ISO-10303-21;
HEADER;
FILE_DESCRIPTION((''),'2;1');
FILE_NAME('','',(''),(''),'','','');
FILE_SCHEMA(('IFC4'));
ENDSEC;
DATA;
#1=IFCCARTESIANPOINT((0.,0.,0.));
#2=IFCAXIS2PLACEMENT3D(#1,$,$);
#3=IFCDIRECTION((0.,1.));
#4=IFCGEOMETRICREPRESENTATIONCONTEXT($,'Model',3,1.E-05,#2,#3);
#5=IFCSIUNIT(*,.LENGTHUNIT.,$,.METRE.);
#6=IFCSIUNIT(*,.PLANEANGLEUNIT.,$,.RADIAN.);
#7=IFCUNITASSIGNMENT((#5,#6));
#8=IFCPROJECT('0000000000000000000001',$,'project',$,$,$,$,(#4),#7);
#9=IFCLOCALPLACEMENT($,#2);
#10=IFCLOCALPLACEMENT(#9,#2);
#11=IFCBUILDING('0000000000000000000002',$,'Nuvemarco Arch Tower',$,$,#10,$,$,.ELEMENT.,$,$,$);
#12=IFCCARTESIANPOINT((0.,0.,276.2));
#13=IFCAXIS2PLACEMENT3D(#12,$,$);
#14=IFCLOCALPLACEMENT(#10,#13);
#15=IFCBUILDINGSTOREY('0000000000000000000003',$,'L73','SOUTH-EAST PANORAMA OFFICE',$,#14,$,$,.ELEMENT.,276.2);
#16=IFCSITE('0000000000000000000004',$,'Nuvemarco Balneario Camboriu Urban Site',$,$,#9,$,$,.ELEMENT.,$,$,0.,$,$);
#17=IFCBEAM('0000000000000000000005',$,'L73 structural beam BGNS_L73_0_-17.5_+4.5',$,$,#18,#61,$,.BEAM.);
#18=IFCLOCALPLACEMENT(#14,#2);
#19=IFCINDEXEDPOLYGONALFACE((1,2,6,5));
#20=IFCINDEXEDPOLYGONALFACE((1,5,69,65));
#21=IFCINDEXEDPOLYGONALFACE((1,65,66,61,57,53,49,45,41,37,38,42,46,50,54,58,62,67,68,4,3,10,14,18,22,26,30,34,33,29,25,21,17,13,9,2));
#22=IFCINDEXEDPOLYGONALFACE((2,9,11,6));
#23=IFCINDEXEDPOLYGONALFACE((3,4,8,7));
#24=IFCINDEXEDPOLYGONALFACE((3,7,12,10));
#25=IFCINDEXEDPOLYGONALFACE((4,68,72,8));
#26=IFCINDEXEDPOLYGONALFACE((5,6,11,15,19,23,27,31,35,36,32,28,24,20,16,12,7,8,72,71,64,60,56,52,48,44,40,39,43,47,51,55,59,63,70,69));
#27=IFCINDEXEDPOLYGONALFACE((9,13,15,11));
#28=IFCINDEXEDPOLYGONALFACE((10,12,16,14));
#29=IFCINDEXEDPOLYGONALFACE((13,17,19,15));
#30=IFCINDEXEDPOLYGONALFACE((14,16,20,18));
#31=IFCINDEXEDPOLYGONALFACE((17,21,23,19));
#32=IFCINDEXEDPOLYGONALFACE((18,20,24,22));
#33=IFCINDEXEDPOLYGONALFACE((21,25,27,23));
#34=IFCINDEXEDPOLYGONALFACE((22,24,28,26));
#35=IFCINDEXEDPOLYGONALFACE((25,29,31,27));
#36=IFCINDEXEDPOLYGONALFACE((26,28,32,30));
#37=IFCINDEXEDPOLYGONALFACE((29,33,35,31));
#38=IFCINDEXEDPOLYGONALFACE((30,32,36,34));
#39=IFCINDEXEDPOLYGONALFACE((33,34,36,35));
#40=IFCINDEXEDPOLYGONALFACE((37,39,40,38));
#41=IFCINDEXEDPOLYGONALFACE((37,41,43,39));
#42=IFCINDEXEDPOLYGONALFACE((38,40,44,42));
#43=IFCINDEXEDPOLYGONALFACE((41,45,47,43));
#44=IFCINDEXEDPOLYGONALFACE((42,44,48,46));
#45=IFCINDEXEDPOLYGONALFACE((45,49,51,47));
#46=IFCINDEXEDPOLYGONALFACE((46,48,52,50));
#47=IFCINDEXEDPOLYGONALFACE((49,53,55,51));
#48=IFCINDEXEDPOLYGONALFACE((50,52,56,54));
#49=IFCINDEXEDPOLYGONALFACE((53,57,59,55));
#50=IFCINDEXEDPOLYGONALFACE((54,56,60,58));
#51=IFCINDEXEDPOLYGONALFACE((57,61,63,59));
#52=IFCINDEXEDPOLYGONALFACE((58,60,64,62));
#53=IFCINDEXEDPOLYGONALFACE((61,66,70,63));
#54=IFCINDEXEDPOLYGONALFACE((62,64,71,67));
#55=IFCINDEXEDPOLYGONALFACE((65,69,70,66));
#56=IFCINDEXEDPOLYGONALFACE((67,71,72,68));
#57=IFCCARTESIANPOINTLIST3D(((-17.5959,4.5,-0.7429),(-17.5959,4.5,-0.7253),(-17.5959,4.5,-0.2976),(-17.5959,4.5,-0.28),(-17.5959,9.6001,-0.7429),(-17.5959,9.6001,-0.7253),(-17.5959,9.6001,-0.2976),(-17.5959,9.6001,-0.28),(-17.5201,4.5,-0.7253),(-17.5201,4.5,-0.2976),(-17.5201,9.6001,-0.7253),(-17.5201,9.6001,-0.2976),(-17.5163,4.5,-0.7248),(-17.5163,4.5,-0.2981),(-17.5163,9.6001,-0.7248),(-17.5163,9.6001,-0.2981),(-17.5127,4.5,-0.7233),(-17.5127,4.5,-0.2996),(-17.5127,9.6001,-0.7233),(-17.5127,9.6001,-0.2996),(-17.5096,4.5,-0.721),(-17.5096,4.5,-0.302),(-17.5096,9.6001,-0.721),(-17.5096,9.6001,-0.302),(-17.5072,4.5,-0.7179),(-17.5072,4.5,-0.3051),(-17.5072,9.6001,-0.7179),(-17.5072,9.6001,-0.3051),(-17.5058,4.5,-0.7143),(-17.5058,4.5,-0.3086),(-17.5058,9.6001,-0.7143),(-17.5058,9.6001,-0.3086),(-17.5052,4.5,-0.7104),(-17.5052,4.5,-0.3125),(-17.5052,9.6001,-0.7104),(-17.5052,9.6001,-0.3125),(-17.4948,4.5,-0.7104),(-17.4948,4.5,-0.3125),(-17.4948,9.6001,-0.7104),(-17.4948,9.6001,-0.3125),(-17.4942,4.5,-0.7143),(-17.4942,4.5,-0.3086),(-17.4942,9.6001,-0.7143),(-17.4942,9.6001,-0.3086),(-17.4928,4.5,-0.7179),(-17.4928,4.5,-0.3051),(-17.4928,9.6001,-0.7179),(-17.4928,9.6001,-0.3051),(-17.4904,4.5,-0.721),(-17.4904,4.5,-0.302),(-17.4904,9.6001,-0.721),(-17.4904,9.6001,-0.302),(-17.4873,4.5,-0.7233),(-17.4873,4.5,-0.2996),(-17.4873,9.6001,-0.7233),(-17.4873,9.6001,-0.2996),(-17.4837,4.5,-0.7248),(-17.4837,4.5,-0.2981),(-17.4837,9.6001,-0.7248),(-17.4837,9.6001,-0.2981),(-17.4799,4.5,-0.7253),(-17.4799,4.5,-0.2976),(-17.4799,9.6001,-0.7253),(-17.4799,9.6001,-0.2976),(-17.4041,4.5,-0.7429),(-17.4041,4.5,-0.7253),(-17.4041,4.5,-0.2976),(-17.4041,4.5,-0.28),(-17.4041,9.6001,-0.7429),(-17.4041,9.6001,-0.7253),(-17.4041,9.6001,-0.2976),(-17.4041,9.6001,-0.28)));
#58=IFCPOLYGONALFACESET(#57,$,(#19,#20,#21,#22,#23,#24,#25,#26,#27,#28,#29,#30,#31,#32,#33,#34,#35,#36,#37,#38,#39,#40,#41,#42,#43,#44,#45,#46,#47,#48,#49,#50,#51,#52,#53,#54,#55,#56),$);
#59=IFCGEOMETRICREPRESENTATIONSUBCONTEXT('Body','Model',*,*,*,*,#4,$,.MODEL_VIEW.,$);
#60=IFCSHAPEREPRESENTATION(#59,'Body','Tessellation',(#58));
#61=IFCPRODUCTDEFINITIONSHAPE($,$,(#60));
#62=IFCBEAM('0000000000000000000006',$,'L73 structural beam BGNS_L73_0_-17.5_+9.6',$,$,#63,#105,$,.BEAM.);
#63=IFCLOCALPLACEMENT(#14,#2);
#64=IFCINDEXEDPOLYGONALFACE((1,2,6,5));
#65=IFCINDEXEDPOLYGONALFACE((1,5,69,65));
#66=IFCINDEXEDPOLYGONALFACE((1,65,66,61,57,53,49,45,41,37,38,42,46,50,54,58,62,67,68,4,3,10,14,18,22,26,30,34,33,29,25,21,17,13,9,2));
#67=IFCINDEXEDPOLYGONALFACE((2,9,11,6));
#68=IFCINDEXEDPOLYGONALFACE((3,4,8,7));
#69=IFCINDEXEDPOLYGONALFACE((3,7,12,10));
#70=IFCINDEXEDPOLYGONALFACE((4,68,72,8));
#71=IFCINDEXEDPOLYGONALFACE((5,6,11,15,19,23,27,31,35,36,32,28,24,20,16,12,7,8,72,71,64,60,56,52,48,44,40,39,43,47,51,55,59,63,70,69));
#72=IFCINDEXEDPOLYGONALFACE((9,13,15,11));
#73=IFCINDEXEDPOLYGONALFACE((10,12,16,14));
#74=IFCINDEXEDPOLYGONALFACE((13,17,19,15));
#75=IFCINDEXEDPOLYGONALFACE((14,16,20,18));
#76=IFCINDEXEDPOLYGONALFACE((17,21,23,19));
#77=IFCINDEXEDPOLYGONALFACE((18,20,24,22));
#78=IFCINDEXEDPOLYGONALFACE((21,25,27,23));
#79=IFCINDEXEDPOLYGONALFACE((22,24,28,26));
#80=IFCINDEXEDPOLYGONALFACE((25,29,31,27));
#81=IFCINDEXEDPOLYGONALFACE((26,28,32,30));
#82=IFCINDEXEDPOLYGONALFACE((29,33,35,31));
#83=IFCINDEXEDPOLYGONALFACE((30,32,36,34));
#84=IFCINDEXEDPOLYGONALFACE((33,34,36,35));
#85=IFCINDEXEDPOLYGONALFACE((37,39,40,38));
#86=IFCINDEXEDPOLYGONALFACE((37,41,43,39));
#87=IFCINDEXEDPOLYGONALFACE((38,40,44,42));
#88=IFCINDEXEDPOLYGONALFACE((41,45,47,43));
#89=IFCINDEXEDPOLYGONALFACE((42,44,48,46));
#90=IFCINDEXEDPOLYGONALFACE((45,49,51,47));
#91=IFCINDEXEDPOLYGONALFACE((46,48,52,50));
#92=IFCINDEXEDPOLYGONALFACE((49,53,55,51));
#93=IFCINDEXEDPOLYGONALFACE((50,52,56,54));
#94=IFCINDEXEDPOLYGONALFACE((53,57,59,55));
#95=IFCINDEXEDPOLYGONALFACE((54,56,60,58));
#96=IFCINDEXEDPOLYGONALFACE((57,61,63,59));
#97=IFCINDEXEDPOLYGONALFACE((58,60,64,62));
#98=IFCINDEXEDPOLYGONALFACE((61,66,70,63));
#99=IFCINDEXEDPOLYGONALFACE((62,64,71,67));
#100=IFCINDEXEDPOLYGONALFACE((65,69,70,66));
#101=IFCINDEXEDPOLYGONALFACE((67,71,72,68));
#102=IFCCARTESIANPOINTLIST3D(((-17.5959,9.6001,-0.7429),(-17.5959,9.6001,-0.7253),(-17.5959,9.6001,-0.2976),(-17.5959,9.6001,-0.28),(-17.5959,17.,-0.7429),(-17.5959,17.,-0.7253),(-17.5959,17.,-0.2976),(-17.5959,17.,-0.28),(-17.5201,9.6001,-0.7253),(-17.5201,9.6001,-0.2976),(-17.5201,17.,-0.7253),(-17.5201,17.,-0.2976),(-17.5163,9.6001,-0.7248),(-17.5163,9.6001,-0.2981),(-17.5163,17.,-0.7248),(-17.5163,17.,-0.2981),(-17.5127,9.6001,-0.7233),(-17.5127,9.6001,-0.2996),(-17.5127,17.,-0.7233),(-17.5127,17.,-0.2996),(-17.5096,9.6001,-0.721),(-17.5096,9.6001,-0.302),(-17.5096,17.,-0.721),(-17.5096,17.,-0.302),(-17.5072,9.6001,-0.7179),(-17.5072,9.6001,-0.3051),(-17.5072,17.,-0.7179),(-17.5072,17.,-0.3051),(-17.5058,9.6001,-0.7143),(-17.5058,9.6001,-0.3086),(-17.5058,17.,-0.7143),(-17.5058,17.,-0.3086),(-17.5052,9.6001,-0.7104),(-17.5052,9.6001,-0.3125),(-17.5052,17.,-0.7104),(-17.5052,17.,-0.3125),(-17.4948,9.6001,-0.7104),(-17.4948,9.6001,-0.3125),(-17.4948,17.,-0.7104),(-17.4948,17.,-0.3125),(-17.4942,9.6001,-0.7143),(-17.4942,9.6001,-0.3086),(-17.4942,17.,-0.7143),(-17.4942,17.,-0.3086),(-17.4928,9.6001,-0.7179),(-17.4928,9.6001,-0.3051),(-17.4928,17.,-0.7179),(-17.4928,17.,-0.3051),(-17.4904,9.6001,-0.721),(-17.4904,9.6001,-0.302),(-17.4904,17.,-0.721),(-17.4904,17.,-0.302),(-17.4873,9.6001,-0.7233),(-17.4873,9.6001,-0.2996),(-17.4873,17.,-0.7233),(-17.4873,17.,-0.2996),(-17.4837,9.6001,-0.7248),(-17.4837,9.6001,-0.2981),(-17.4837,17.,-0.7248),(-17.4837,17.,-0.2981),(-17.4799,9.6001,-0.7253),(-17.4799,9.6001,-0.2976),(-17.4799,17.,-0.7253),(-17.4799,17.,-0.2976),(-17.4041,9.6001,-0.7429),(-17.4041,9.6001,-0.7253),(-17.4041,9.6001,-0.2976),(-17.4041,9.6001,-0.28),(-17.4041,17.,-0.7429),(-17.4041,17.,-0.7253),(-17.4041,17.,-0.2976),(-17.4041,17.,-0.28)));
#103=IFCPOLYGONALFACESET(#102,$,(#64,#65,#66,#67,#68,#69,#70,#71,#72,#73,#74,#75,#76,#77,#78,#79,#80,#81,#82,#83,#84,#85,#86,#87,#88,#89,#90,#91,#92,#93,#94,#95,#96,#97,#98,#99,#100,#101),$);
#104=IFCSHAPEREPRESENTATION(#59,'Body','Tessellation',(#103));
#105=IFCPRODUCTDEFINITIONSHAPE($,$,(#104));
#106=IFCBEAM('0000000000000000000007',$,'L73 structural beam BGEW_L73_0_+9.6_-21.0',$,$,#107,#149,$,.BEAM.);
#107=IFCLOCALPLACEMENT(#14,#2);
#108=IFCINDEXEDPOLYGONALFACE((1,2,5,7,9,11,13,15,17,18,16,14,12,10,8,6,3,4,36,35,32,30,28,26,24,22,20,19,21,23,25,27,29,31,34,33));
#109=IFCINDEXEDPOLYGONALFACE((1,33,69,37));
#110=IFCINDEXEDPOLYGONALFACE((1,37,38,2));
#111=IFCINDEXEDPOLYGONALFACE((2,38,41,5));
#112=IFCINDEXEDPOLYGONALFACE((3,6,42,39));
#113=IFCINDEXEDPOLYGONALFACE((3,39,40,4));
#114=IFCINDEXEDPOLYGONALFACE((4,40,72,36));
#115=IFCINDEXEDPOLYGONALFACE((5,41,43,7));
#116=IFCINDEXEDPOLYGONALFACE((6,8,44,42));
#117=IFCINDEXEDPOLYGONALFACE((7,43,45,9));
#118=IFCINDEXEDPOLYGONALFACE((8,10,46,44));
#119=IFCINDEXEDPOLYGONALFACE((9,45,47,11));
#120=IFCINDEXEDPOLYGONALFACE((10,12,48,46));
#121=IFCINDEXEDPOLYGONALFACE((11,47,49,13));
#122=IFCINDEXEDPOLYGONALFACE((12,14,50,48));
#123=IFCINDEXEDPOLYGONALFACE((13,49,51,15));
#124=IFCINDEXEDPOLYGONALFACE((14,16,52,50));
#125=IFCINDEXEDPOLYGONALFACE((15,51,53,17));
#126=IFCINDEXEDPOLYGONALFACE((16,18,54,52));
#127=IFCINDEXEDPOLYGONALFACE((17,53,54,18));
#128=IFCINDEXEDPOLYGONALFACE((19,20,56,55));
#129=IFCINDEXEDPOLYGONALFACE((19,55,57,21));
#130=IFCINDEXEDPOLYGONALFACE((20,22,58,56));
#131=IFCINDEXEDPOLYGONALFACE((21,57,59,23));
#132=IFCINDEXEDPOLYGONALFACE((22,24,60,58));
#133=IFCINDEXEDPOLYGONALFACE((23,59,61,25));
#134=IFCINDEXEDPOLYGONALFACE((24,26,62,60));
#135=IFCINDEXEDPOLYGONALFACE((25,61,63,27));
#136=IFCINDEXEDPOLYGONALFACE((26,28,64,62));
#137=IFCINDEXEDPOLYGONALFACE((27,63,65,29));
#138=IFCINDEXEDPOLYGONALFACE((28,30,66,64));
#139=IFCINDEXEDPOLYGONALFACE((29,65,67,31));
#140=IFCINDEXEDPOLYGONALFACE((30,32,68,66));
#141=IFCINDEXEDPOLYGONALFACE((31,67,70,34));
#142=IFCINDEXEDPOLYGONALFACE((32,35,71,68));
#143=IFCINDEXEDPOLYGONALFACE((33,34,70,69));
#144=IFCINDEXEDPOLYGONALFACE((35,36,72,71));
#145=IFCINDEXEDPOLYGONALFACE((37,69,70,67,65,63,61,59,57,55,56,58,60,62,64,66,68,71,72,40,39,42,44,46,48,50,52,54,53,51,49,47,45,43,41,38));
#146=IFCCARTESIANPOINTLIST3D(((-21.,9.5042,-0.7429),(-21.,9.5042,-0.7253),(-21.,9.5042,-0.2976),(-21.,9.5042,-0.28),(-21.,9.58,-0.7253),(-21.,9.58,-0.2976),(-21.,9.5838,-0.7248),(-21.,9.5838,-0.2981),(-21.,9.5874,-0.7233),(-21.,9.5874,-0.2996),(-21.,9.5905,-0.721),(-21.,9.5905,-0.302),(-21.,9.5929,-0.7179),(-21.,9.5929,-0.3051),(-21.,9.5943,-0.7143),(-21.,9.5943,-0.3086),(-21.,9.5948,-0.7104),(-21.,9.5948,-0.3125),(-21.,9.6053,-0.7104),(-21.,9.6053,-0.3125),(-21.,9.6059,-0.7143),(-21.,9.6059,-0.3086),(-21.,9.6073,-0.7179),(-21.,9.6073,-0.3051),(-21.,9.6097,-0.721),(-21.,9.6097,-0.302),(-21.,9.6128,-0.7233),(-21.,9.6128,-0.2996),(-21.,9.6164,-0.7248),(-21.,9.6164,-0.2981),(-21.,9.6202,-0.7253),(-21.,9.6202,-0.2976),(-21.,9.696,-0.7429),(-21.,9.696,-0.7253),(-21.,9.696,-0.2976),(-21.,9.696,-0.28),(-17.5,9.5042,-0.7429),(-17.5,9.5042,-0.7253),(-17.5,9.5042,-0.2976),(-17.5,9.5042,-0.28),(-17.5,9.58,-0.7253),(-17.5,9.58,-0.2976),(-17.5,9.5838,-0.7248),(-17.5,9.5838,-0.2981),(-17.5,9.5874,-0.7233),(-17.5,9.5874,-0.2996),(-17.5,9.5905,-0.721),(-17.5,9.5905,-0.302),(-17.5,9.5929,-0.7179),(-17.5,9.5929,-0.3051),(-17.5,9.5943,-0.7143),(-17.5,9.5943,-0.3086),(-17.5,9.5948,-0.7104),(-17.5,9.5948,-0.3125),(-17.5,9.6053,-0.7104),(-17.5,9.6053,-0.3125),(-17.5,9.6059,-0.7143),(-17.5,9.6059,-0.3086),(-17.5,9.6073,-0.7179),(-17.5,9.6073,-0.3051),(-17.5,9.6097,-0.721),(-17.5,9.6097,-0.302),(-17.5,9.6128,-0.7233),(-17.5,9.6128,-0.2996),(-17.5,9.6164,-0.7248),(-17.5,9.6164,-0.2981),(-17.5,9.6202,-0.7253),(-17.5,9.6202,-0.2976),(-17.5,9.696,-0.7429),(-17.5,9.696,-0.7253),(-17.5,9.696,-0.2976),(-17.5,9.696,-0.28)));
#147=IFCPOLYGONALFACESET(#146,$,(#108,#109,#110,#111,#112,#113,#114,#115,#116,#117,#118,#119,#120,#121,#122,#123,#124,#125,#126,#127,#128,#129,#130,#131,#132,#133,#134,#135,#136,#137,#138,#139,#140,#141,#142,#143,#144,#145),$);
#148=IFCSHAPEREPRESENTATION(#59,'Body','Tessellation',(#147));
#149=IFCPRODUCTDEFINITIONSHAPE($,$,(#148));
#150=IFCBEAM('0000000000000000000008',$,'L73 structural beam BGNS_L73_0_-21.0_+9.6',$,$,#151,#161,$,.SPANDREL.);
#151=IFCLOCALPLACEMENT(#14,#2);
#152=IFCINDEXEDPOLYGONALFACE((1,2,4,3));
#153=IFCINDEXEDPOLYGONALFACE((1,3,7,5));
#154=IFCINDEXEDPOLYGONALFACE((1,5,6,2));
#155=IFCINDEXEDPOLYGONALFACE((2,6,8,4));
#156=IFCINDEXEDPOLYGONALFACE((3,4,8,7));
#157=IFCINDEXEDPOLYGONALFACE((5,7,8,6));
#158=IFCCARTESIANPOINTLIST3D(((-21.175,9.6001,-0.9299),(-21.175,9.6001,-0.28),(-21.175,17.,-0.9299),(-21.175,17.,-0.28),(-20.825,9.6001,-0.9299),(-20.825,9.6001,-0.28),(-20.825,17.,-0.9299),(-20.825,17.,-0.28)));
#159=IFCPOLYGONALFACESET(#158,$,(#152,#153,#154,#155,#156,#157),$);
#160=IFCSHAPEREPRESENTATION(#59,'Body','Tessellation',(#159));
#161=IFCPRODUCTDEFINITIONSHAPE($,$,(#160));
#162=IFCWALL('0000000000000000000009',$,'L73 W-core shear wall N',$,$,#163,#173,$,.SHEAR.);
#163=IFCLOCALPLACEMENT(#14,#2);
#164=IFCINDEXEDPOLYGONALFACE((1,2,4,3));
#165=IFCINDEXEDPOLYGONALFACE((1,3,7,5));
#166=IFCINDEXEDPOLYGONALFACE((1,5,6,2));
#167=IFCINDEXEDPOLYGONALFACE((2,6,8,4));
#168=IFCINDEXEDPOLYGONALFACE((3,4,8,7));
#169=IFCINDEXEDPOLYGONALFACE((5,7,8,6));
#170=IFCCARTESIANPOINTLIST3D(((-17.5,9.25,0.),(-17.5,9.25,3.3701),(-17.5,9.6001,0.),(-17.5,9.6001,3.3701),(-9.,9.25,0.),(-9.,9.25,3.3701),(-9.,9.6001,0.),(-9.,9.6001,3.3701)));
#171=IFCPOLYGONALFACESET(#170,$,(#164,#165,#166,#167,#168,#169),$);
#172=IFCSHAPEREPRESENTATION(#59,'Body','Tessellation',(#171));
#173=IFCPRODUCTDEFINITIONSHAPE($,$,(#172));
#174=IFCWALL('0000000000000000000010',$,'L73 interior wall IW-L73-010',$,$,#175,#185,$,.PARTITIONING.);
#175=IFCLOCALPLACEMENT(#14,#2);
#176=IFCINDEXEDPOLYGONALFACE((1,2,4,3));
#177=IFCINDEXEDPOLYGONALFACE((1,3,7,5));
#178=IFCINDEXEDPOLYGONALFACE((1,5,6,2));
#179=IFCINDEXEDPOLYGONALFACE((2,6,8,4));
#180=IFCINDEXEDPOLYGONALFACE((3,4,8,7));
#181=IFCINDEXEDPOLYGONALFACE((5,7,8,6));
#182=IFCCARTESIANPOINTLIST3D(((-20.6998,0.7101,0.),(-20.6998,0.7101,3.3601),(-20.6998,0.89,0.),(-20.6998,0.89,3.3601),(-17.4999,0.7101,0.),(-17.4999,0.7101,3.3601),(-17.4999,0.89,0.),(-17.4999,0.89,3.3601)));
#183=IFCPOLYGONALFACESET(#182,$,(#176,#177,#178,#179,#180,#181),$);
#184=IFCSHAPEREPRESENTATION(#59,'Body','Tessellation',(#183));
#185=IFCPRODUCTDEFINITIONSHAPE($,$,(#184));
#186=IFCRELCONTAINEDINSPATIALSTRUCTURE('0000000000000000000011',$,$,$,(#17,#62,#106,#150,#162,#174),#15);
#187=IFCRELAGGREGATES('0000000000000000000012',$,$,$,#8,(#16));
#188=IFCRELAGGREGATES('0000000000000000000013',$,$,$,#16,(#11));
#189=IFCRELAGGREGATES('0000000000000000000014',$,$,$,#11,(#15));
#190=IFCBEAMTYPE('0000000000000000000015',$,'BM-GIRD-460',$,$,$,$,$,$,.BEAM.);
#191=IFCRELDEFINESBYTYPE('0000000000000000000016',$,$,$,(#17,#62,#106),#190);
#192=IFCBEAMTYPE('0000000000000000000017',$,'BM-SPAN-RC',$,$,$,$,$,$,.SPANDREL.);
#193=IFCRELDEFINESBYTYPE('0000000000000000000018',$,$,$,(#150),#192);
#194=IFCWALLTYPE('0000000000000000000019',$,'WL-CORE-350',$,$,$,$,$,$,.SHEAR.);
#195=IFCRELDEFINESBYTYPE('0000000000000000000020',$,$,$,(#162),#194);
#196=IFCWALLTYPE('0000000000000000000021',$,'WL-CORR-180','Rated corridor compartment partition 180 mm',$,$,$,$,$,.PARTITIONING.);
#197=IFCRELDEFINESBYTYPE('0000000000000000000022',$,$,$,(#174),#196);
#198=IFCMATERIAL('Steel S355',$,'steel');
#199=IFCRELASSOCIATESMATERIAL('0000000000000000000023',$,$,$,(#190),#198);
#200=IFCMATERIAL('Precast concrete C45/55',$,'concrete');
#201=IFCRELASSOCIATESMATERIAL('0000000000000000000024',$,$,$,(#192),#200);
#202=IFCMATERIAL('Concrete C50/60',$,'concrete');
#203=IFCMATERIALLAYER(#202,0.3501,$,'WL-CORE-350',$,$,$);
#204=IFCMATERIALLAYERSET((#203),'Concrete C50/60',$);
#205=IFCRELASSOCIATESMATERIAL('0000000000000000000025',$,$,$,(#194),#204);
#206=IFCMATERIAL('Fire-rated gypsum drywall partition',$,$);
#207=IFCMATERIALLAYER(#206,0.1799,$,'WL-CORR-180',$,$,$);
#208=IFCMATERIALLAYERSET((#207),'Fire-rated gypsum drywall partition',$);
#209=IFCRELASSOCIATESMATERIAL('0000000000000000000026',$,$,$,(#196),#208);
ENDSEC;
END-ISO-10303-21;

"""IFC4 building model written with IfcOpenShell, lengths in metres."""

from ifc_helpers import new_model, si_unit, direction, frame, frame_2d, origin, origin_2d, place, context, subcontext, project, spatial, rectangle, i_section, extrude, material, layer, layer_set, material_profile, profile_set, type_object, element, save


model = new_model("IFC4")

# Units and contexts
model_context = context("Model", 3, precision=1e-05, world=origin(), true_north=direction((0.0, 1.0)))
body_context = subcontext(model_context, "Body", "Model", "MODEL_VIEW")
ifc_project = project(units=[si_unit("LENGTHUNIT", "METRE"), si_unit("PLANEANGLEUNIT", "RADIAN")], contexts=[model_context])

# Site, building, storey
site_placement = place(None, origin())
site = spatial("IfcSite", under=ifc_project, at=site_placement, Name="Nuvemarco Balneario Camboriu Urban Site", CompositionType="ELEMENT", RefElevation=0.0)
building_placement = place(site_placement, origin())
building = spatial("IfcBuilding", under=site, at=building_placement, Name="Nuvemarco Arch Tower", CompositionType="ELEMENT")
storey_placement = place(building_placement, frame((0.0, 0.0, 276.2)))
storey = spatial("IfcBuildingStorey", under=building, at=storey_placement, Name="L73", Description="SOUTH-EAST PANORAMA OFFICE", CompositionType="ELEMENT", Elevation=276.2)

# Shared definitions
ifc_material_1 = material(Name="Concrete C50/60", Category="concrete")
ifc_material_2 = material(Name="Steel S355", Category="steel")

# Beams
ifc_material_profile_1 = material_profile(ifc_material_2, i_section(OverallWidth=0.1919, OverallDepth=0.4629, WebThickness=0.0105, FlangeThickness=0.0176, FilletRadius=0.0149, at=origin_2d()), Name="W460x89")
ifc_profile_set_1 = profile_set([ifc_material_profile_1], Name="Steel S355")
beam_type_1 = type_object("IfcBeamType", Name="BM-GIRD-460", PredefinedType="BEAM", material=ifc_profile_set_1)
beam_1_placement = place(storey_placement, frame((-17.5, 4.5, -0.5115), z_axis=(0.0, 1.0, 0.0), x_axis=(-1.0, 0.0, 0.0)))
element("IfcBeam", 1, at=beam_1_placement, inside=storey, type_object=beam_type_1, Name="L73 structural beam BGNS_L73_0_-17.5_+4.5", PredefinedType="BEAM", context=body_context, shape_type="SweptSolid", body=[
    extrude(i_section(OverallWidth=0.1919, OverallDepth=0.4629, WebThickness=0.0105, FlangeThickness=0.0176, FilletRadius=0.0149, at=origin_2d()), origin(), (0.0, 0.0, 1.0), 5.1001),
])
beam_2_placement = place(storey_placement, frame((-17.5, 9.6001, -0.5115), z_axis=(0.0, 1.0, 0.0), x_axis=(-1.0, 0.0, 0.0)))
element("IfcBeam", 2, at=beam_2_placement, inside=storey, type_object=beam_type_1, Name="L73 structural beam BGNS_L73_0_-17.5_+9.6", PredefinedType="BEAM", context=body_context, shape_type="SweptSolid", body=[
    extrude(i_section(OverallWidth=0.1919, OverallDepth=0.4629, WebThickness=0.0105, FlangeThickness=0.0176, FilletRadius=0.0149, at=origin_2d()), origin(), (0.0, 0.0, 1.0), 7.3999),
])
beam_3_placement = place(storey_placement, frame((-21.0, 9.6001, -0.5115), z_axis=(1.0, 0.0, 0.0), x_axis=(0.0, 1.0, 0.0)))
element("IfcBeam", 3, at=beam_3_placement, inside=storey, type_object=beam_type_1, Name="L73 structural beam BGEW_L73_0_+9.6_-21.0", PredefinedType="BEAM", context=body_context, shape_type="SweptSolid", body=[
    extrude(i_section(OverallWidth=0.1919, OverallDepth=0.4629, WebThickness=0.0105, FlangeThickness=0.0176, FilletRadius=0.0149, at=origin_2d()), origin(), (0.0, 0.0, 1.0), 3.5),
])
ifc_material_3 = material(Name="Precast concrete C45/55", Category="concrete")
ifc_material_profile_2 = material_profile(ifc_material_3, rectangle(XDim=0.3501, YDim=0.6499, at=origin_2d()), Name="PC-SP-350x650")
ifc_profile_set_2 = profile_set([ifc_material_profile_2], Name="Precast concrete C45/55")
beam_type_2 = type_object("IfcBeamType", Name="BM-SPAN-RC", PredefinedType="SPANDREL", material=ifc_profile_set_2)
beam_4_placement = place(storey_placement, frame((-21.0, 9.6001, -0.605), z_axis=(0.0, 1.0, 0.0), x_axis=(-1.0, 0.0, 0.0)))
element("IfcBeam", 4, at=beam_4_placement, inside=storey, type_object=beam_type_2, Name="L73 structural beam BGNS_L73_0_-21.0_+9.6", PredefinedType="SPANDREL", context=body_context, shape_type="SweptSolid", body=[
    extrude(rectangle(XDim=0.3501, YDim=0.6499, at=origin_2d()), origin(), (0.0, 0.0, 1.0), 7.3999),
])

# Walls
ifc_layer_1 = layer(ifc_material_1, 0.3501, Name="WL-CORE-350")
ifc_layer_set_1 = layer_set([ifc_layer_1], Name="Concrete C50/60")
wall_type_1 = type_object("IfcWallType", Name="WL-CORE-350", PredefinedType="SHEAR", material=ifc_layer_set_1)
wall_1_placement = place(storey_placement, frame((-17.5, 9.425, 0.0), z_axis=(0.0, 0.0, 1.0), x_axis=(1.0, 0.0, 0.0)))
element("IfcWall", 5, at=wall_1_placement, inside=storey, type_object=wall_type_1, Name="L73 W-core shear wall N", PredefinedType="SHEAR", context=body_context, shape_type="SweptSolid", body=[
    extrude(rectangle(XDim=8.5, YDim=0.3501, at=frame_2d((4.25, 0.0))), origin(), (0.0, 0.0, 1.0), 3.3701),
])
ifc_material_4 = material(Name="Fire-rated gypsum drywall partition")
ifc_layer_2 = layer(ifc_material_4, 0.1799, Name="WL-CORR-180")
ifc_layer_set_2 = layer_set([ifc_layer_2], Name="Fire-rated gypsum drywall partition")
wall_type_2 = type_object("IfcWallType", Name="WL-CORR-180", Description="Rated corridor compartment partition 180 mm", PredefinedType="PARTITIONING", material=ifc_layer_set_2)
wall_2_placement = place(storey_placement, frame((-20.7, 0.8, 0.0), z_axis=(0.0, 0.0, 1.0), x_axis=(1.0, 0.0, 0.0)))
element("IfcWall", 6, at=wall_2_placement, inside=storey, type_object=wall_type_2, Name="L73 interior wall IW-L73-010", PredefinedType="PARTITIONING", context=body_context, shape_type="SweptSolid", body=[
    extrude(rectangle(XDim=3.2, YDim=0.1799, at=frame_2d((1.6001, 0.0))), origin(), (0.0, 0.0, 1.0), 3.3601),
])

save(model, "model.ifc")
